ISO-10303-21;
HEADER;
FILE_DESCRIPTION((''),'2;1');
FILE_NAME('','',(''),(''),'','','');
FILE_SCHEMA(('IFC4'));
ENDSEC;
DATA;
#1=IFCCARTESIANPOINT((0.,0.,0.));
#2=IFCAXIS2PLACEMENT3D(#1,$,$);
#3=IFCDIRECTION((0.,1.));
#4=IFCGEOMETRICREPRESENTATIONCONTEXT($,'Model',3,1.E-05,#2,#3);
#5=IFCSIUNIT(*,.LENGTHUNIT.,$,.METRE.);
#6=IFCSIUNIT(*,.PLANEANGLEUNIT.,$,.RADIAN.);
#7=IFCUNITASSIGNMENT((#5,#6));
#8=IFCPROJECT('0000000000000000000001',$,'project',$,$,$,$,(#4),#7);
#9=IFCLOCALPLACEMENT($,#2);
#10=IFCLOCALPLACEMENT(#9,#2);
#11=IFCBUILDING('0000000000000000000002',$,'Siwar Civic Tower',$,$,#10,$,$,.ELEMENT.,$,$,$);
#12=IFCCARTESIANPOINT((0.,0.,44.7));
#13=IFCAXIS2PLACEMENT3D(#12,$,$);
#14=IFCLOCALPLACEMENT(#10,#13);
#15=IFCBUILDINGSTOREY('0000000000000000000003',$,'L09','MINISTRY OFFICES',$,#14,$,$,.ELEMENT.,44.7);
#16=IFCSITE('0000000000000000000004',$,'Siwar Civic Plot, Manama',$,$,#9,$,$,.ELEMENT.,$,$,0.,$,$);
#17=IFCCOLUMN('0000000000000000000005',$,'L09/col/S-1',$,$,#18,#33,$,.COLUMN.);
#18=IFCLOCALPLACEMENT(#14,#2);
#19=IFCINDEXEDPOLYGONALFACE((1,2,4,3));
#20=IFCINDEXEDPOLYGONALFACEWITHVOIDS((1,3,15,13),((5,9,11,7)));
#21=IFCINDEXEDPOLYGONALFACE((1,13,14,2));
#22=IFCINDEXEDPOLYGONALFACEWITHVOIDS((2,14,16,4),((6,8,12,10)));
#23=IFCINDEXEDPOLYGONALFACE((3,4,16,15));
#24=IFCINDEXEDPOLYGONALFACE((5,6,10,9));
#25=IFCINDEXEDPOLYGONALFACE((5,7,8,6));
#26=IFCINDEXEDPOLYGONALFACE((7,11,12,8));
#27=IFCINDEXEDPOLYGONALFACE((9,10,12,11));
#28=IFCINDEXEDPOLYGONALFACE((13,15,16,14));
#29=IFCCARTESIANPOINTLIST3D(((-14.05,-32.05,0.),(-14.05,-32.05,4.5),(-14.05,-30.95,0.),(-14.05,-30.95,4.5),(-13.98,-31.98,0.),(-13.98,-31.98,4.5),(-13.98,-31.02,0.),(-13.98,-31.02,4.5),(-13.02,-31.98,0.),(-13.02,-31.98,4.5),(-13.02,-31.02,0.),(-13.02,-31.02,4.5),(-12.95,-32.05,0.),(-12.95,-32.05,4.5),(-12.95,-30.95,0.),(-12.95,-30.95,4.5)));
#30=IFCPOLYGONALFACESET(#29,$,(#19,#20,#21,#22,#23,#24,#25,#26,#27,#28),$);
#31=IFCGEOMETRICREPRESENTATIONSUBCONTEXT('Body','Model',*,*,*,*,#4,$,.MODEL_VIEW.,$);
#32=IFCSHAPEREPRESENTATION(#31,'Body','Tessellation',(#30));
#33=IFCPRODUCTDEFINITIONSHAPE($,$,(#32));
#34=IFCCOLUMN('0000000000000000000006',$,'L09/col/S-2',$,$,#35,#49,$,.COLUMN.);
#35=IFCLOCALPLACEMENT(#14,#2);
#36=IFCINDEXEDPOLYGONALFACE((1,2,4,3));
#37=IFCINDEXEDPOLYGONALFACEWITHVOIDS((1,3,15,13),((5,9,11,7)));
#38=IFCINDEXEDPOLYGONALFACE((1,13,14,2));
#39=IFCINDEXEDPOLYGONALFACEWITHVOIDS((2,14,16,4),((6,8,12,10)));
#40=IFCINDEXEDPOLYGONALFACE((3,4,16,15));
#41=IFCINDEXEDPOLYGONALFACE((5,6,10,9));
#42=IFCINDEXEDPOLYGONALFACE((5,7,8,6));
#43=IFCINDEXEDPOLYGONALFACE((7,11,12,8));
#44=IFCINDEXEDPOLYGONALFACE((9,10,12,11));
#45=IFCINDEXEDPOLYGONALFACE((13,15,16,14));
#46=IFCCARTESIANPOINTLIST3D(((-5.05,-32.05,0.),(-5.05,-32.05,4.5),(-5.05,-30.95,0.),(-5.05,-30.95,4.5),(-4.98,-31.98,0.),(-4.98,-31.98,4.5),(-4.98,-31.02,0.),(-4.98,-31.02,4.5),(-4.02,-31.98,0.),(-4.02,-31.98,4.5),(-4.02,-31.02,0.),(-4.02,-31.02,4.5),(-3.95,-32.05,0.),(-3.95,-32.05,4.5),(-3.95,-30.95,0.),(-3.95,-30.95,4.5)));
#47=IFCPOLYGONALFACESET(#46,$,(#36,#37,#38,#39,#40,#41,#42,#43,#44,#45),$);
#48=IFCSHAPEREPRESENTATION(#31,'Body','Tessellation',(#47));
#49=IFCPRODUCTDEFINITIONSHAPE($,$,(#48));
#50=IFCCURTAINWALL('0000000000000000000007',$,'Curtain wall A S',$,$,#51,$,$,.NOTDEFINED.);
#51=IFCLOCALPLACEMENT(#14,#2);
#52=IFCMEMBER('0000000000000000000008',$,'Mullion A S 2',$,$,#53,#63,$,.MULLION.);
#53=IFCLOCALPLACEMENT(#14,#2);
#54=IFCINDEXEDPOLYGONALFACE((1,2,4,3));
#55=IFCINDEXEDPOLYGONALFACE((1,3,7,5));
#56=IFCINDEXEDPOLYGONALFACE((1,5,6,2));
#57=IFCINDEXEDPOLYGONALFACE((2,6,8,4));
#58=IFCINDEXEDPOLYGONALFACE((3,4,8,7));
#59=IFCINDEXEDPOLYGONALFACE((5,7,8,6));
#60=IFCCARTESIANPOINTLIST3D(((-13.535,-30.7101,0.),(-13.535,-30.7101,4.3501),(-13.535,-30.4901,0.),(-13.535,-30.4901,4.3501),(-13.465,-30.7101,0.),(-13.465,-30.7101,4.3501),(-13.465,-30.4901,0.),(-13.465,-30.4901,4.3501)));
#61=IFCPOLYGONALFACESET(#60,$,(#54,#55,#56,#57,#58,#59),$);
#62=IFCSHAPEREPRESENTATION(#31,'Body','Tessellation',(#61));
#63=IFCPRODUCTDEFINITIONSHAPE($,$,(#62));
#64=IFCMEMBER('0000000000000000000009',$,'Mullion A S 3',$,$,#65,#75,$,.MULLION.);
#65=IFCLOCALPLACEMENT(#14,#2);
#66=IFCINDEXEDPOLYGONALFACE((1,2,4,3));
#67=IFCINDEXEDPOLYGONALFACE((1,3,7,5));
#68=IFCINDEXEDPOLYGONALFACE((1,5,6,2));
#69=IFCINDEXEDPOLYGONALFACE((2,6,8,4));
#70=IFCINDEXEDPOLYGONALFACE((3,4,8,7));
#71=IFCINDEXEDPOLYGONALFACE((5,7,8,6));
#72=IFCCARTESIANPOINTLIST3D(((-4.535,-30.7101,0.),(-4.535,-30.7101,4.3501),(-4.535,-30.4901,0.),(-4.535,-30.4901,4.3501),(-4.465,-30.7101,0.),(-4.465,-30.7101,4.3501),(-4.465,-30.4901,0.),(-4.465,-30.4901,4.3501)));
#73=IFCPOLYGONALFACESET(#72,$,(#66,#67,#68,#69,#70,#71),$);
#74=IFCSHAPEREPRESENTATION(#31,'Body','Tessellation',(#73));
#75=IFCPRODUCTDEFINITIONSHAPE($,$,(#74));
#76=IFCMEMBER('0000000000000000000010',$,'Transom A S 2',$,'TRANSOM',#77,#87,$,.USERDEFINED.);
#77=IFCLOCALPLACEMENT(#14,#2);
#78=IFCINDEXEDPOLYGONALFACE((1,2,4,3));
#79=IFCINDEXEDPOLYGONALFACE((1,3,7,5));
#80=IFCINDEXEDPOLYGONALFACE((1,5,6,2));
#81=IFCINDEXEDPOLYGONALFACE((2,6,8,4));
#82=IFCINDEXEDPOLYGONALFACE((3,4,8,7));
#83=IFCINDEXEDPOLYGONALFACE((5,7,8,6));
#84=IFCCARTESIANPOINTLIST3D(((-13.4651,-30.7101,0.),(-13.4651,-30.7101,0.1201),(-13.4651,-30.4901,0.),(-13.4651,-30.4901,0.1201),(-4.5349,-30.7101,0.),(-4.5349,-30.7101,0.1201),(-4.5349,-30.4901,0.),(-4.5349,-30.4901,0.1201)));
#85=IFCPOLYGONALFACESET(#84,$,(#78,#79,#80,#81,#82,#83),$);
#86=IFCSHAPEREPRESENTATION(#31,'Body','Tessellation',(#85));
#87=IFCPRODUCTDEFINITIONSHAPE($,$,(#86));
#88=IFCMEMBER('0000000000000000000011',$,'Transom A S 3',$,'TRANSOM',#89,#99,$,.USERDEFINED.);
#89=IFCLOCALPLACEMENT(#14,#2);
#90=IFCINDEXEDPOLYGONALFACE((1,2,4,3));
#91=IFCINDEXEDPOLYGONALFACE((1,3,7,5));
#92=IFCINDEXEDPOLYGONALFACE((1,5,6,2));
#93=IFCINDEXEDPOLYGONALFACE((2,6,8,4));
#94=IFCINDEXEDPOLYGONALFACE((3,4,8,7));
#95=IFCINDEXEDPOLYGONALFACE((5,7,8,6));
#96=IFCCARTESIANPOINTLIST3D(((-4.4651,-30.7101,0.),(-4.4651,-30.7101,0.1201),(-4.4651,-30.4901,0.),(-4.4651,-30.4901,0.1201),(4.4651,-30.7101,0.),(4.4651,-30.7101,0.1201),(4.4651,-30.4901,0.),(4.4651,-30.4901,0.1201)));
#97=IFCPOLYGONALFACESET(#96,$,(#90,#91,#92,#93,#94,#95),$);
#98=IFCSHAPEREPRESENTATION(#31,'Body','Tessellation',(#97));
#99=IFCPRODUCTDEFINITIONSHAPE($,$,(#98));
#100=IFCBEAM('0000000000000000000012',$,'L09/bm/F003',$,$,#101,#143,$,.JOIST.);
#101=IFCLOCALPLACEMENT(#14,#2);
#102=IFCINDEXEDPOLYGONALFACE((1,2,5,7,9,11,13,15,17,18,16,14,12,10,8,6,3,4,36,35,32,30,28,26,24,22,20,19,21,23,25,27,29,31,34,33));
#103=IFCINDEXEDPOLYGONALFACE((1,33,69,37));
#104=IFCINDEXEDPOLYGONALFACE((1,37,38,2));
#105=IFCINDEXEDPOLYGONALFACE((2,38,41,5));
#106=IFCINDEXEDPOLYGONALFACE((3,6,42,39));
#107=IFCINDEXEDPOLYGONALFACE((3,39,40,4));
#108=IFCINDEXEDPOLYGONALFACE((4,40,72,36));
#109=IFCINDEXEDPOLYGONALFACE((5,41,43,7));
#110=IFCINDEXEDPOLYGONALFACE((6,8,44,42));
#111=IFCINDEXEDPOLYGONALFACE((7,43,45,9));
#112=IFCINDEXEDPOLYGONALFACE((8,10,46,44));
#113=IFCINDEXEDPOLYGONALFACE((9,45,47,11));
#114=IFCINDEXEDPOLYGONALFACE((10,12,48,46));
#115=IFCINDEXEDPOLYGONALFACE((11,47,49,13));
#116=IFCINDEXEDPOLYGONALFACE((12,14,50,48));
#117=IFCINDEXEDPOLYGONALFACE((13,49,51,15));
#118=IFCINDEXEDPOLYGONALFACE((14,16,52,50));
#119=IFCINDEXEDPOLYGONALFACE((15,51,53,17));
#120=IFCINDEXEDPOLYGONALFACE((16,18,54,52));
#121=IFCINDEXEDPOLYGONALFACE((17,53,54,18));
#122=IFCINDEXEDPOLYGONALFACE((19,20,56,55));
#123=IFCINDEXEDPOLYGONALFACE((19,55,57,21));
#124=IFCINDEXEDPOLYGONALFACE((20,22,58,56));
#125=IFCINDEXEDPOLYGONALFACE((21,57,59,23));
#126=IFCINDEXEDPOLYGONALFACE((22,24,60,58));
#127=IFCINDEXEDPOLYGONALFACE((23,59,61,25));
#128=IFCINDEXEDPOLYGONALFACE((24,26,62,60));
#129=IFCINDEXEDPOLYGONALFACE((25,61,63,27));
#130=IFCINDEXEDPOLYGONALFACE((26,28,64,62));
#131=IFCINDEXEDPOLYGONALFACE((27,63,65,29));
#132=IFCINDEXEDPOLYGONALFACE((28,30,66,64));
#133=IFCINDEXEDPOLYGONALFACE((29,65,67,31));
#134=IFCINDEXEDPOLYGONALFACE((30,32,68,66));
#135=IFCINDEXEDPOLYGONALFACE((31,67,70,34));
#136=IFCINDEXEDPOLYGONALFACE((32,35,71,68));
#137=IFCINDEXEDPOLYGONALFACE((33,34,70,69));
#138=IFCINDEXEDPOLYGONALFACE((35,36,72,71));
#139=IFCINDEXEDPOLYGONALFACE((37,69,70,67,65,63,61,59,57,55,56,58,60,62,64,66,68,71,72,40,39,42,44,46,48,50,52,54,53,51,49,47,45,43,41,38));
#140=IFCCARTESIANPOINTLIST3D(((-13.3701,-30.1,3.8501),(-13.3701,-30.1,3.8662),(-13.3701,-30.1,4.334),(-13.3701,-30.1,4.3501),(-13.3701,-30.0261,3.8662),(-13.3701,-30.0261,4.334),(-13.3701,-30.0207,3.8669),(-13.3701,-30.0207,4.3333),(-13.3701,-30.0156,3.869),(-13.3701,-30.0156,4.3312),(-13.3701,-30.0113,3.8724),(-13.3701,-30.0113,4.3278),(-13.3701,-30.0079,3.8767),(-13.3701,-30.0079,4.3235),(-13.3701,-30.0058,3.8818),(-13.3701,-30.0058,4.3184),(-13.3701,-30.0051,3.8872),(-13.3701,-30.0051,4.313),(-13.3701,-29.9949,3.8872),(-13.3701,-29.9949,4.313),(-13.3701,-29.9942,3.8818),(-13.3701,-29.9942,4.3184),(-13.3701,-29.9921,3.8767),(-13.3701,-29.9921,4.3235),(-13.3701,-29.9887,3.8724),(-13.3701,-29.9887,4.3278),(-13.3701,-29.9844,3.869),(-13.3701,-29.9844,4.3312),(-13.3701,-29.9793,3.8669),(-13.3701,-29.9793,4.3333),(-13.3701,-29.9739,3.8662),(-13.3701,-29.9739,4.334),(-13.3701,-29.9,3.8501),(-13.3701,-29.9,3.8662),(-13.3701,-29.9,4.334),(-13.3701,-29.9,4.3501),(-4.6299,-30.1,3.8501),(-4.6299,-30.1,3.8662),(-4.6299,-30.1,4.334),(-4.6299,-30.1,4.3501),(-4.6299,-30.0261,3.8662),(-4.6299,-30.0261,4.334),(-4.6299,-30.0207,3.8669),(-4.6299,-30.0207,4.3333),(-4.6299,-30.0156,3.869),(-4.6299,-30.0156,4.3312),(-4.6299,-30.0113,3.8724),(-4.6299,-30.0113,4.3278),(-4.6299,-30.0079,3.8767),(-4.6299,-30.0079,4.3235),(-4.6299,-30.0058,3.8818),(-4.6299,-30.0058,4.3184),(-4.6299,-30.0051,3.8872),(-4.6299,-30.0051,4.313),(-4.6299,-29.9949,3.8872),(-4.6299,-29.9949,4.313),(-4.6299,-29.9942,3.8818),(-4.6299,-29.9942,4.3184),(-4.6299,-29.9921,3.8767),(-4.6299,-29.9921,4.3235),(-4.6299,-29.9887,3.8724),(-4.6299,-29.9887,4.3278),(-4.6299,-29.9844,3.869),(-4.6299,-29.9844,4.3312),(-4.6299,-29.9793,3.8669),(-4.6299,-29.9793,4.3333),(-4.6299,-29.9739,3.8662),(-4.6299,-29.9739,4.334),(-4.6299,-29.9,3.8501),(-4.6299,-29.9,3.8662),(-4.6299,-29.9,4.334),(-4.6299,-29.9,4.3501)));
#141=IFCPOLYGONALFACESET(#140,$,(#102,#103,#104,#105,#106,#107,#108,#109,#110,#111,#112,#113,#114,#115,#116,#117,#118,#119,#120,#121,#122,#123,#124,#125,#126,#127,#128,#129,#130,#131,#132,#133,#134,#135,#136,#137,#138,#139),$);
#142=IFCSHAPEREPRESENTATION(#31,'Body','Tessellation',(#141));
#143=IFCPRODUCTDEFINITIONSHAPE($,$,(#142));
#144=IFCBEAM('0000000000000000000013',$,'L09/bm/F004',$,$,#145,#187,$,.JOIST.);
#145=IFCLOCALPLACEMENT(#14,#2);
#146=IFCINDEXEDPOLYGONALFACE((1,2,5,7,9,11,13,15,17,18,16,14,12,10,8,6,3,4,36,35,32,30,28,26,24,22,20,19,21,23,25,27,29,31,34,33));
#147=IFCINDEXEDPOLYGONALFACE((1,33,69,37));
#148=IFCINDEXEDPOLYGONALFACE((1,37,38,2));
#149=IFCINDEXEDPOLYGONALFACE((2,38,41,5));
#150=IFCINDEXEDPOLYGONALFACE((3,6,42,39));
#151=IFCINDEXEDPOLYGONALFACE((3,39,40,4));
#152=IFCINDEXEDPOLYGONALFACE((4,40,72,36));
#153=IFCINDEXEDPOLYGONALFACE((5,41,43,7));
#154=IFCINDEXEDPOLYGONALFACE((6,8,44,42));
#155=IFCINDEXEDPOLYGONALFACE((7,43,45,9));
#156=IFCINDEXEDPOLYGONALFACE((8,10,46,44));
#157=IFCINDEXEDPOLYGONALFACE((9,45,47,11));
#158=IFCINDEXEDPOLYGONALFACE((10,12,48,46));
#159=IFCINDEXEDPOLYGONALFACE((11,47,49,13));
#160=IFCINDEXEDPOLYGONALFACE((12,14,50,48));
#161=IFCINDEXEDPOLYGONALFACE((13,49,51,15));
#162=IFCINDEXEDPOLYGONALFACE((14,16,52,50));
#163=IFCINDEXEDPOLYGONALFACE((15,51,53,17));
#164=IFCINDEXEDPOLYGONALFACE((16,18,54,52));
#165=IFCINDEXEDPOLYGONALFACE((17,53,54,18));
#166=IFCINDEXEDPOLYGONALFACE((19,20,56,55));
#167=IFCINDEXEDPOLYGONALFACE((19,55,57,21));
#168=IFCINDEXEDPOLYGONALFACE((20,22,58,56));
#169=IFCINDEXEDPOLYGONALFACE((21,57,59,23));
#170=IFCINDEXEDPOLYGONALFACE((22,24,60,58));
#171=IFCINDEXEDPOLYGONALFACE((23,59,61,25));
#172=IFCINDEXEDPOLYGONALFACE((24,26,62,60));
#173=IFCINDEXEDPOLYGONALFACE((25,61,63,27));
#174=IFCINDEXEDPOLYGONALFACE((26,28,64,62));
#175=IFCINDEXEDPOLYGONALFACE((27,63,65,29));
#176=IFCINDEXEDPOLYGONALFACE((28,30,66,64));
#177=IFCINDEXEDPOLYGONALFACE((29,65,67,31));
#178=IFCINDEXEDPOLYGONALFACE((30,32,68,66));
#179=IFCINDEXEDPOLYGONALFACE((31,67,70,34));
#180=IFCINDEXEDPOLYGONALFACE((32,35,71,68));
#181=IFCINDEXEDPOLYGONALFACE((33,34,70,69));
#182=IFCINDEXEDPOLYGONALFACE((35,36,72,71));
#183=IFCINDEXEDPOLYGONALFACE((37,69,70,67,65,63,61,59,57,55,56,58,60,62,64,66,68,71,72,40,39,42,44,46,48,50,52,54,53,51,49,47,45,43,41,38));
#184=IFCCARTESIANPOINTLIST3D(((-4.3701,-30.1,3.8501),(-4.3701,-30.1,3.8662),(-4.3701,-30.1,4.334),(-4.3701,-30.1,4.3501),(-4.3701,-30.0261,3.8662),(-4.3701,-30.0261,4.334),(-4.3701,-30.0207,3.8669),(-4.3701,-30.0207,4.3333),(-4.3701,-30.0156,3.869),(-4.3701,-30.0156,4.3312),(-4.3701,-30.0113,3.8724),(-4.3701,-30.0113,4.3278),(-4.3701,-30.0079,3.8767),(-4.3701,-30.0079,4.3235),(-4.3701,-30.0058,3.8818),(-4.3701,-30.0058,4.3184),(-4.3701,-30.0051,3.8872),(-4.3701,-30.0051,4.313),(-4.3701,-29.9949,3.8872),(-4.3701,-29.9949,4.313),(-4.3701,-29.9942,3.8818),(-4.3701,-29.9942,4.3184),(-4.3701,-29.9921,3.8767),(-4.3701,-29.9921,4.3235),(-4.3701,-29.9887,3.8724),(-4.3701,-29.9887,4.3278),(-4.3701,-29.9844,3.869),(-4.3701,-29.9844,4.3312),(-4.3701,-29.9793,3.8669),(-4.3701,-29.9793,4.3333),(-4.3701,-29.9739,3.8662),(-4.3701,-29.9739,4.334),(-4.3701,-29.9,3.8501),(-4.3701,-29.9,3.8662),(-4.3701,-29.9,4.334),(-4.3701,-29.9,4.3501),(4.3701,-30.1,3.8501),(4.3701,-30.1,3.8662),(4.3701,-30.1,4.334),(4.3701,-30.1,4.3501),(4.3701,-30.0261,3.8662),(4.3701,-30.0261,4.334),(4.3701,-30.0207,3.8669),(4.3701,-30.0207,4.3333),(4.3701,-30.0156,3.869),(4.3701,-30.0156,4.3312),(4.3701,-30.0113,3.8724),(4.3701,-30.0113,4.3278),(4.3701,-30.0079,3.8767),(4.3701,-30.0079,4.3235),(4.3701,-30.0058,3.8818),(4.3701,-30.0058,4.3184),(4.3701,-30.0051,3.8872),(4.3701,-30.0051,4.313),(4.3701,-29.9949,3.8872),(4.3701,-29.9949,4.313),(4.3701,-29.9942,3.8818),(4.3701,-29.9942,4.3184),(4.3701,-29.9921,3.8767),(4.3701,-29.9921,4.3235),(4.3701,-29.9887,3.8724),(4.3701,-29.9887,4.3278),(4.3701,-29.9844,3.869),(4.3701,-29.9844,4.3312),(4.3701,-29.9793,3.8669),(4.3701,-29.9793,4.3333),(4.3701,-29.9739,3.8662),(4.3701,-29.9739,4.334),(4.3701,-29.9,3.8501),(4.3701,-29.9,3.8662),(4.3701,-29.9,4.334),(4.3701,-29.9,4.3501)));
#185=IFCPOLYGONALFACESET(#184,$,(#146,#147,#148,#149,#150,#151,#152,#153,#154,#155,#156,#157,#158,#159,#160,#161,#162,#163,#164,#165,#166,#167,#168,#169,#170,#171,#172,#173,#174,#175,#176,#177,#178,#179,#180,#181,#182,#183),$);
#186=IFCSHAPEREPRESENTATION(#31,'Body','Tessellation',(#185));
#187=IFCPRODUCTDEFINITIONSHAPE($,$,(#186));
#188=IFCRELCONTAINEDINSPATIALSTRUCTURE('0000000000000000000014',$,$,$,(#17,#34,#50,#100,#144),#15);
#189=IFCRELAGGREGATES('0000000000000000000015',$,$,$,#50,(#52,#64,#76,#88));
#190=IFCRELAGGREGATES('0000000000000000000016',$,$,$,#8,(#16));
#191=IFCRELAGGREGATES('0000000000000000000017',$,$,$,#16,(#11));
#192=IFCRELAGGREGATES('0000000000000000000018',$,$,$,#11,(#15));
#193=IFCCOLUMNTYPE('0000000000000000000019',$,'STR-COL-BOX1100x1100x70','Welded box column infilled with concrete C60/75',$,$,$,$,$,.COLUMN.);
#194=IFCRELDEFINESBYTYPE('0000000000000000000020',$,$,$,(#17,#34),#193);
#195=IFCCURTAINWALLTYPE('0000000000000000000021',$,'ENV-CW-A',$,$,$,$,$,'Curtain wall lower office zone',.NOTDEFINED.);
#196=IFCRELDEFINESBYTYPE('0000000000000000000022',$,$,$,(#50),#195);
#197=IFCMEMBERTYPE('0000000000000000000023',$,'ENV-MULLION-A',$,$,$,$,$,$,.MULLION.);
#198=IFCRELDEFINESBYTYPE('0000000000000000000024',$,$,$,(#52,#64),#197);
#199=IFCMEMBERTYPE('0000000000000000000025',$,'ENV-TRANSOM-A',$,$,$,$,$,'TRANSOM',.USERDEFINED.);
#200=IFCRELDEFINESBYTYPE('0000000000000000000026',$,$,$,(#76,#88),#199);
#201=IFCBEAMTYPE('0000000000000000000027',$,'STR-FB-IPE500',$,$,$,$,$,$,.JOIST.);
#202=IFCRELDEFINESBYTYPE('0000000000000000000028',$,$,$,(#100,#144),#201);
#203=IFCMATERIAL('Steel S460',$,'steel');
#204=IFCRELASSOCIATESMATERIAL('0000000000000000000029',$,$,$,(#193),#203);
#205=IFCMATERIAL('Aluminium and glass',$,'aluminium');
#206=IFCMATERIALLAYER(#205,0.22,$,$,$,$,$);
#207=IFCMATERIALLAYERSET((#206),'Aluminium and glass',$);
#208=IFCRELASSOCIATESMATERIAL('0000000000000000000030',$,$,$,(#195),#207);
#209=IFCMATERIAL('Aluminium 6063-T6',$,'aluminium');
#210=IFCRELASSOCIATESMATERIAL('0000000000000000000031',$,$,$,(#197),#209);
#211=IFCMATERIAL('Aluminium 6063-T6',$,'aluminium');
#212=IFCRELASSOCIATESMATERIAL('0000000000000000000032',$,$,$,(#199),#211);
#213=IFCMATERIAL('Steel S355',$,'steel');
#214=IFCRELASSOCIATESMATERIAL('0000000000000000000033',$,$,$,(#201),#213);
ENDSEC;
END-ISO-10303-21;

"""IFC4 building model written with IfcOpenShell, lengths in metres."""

from ifc_helpers import new_model, si_unit, direction, frame, origin, origin_2d, place, context, subcontext, project, spatial, rectangle, hollow_rectangle, i_section, extrude, material, layer, layer_set, material_profile, profile_set, type_object, element, aggregate, save


model = new_model("IFC4")

# Units and contexts
model_context = context("Model", 3, precision=1e-05, world=origin(), true_north=direction((0.0, 1.0)))
body_context = subcontext(model_context, "Body", "Model", "MODEL_VIEW")
ifc_project = project(units=[si_unit("LENGTHUNIT", "METRE"), si_unit("PLANEANGLEUNIT", "RADIAN")], contexts=[model_context])

# Site, building, storey
site_placement = place(None, origin())
site = spatial("IfcSite", under=ifc_project, at=site_placement, Name="Siwar Civic Plot, Manama", CompositionType="ELEMENT", RefElevation=0.0)
building_placement = place(site_placement, origin())
building = spatial("IfcBuilding", under=site, at=building_placement, Name="Siwar Civic Tower", CompositionType="ELEMENT")
storey_placement = place(building_placement, frame((0.0, 0.0, 44.7)))
storey = spatial("IfcBuildingStorey", under=building, at=storey_placement, Name="L09", Description="MINISTRY OFFICES", CompositionType="ELEMENT", Elevation=44.7)

# Columns
ifc_material_1 = material(Name="Steel S460", Category="steel")
ifc_material_profile_1 = material_profile(ifc_material_1, hollow_rectangle(XDim=1.1001, YDim=1.1001, WallThickness=0.0701, at=origin_2d()), Name="BOX1100x1100x70")
ifc_profile_set_1 = profile_set([ifc_material_profile_1], Name="Steel S460")
column_type = type_object("IfcColumnType", Name="STR-COL-BOX1100x1100x70", Description="Welded box column infilled with concrete C60/75", PredefinedType="COLUMN", material=ifc_profile_set_1)
for number, where, z_axis, x_axis, name in (
    (1, (-13.5, -31.5, 0.0), (0.0, 0.0, 1.0), (1.0, 0.0, 0.0), "L09/col/S-1"),
    (2, (-4.5, -31.5, 0.0), (0.0, 0.0, 1.0), (1.0, 0.0, 0.0), "L09/col/S-2"),
):
    element("IfcColumn", number, at=place(storey_placement, frame(where, z_axis=z_axis, x_axis=x_axis)), inside=storey, type_object=column_type, Name=name, PredefinedType="COLUMN", context=body_context, shape_type="SweptSolid", body=[
        extrude(hollow_rectangle(XDim=1.1001, YDim=1.1001, WallThickness=0.0701, at=origin_2d()), origin(), (0.0, 0.0, 1.0), 4.5),
    ])

# Curtain wall, members
ifc_material_2 = material(Name="Aluminium and glass", Category="aluminium")
ifc_layer_1 = layer(ifc_material_2, 0.22)
ifc_layer_set_1 = layer_set([ifc_layer_1], Name="Aluminium and glass")
curtain_wall_type = type_object("IfcCurtainWallType", Name="ENV-CW-A", ElementType="Curtain wall lower office zone", PredefinedType="NOTDEFINED", material=ifc_layer_set_1)
curtain_wall_placement = place(storey_placement, origin())
curtain_wall = element("IfcCurtainWall", 3, at=curtain_wall_placement, inside=storey, type_object=curtain_wall_type, Name="Curtain wall A S", PredefinedType="NOTDEFINED")
ifc_material_3 = material(Name="Aluminium 6063-T6", Category="aluminium")
ifc_material_profile_2 = material_profile(ifc_material_3, rectangle(XDim=0.22, YDim=0.0701, at=origin_2d()), Name="AL 220x70")
ifc_profile_set_2 = profile_set([ifc_material_profile_2], Name="Aluminium 6063-T6")
member_type_1 = type_object("IfcMemberType", Name="ENV-MULLION-A", PredefinedType="MULLION", material=ifc_profile_set_2)
member_1_placement = place(storey_placement, frame((-13.5, -30.6001, 0.0), z_axis=(0.0, 0.0, 1.0), x_axis=(0.0, 1.0, 0.0)))
member_1 = element("IfcMember", 4, at=member_1_placement, type_object=member_type_1, Name="Mullion A S 2", PredefinedType="MULLION", context=body_context, shape_type="SweptSolid", body=[
    extrude(rectangle(XDim=0.22, YDim=0.0701, at=origin_2d()), origin(), (0.0, 0.0, 1.0), 4.3501),
])
member_2_placement = place(storey_placement, frame((-4.5, -30.6001, 0.0), z_axis=(0.0, 0.0, 1.0), x_axis=(0.0, 1.0, 0.0)))
member_2 = element("IfcMember", 5, at=member_2_placement, type_object=member_type_1, Name="Mullion A S 3", PredefinedType="MULLION", context=body_context, shape_type="SweptSolid", body=[
    extrude(rectangle(XDim=0.22, YDim=0.0701, at=origin_2d()), origin(), (0.0, 0.0, 1.0), 4.3501),
])
ifc_material_4 = material(Name="Aluminium 6063-T6", Category="aluminium")
ifc_material_profile_3 = material_profile(ifc_material_4, rectangle(XDim=0.22, YDim=0.1201, at=origin_2d()), Name="AL 220x120")
ifc_profile_set_3 = profile_set([ifc_material_profile_3], Name="Aluminium 6063-T6")
member_type_2 = type_object("IfcMemberType", Name="ENV-TRANSOM-A", ElementType="TRANSOM", PredefinedType="USERDEFINED", material=ifc_profile_set_3)
member_3_placement = place(storey_placement, frame((-13.4651, -30.6001, 0.0601), z_axis=(1.0, 0.0, 0.0), x_axis=(0.0, 1.0, 0.0)))
member_3 = element("IfcMember", 6, at=member_3_placement, type_object=member_type_2, Name="Transom A S 2", ObjectType="TRANSOM", PredefinedType="USERDEFINED", context=body_context, shape_type="SweptSolid", body=[
    extrude(rectangle(XDim=0.22, YDim=0.1201, at=origin_2d()), origin(), (0.0, 0.0, 1.0), 8.9302),
])
member_4_placement = place(storey_placement, frame((-4.4651, -30.6001, 0.0601), z_axis=(1.0, 0.0, 0.0), x_axis=(0.0, 1.0, 0.0)))
member_4 = element("IfcMember", 7, at=member_4_placement, type_object=member_type_2, Name="Transom A S 3", ObjectType="TRANSOM", PredefinedType="USERDEFINED", context=body_context, shape_type="SweptSolid", body=[
    extrude(rectangle(XDim=0.22, YDim=0.1201, at=origin_2d()), origin(), (0.0, 0.0, 1.0), 8.9302),
])

# Beams
ifc_material_5 = material(Name="Steel S355", Category="steel")
ifc_material_profile_4 = material_profile(ifc_material_5, i_section(OverallWidth=0.2, OverallDepth=0.5, WebThickness=0.0103, FlangeThickness=0.0161, FilletRadius=0.021, at=origin_2d()), Name="IPE500")
ifc_profile_set_4 = profile_set([ifc_material_profile_4], Name="Steel S355")
beam_type_1 = type_object("IfcBeamType", Name="STR-FB-IPE500", PredefinedType="JOIST", material=ifc_profile_set_4)
for number, where, z_axis, x_axis, name in (
    (8, (-13.3701, -30.0, 4.1001), (1.0, 0.0, 0.0), (0.0, 1.0, 0.0), "L09/bm/F003"),
    (9, (-4.3701, -30.0, 4.1001), (1.0, 0.0, 0.0), (0.0, 1.0, 0.0), "L09/bm/F004"),
):
    element("IfcBeam", number, at=place(storey_placement, frame(where, z_axis=z_axis, x_axis=x_axis)), inside=storey, type_object=beam_type_1, Name=name, PredefinedType="JOIST", context=body_context, shape_type="SweptSolid", body=[
        extrude(i_section(OverallWidth=0.2, OverallDepth=0.5, WebThickness=0.0103, FlangeThickness=0.0161, FilletRadius=0.021, at=origin_2d()), origin(), (0.0, 0.0, 1.0), 8.7402),
    ])

aggregate(curtain_wall, [member_1, member_2, member_3, member_4])

save(model, "model.ifc")
